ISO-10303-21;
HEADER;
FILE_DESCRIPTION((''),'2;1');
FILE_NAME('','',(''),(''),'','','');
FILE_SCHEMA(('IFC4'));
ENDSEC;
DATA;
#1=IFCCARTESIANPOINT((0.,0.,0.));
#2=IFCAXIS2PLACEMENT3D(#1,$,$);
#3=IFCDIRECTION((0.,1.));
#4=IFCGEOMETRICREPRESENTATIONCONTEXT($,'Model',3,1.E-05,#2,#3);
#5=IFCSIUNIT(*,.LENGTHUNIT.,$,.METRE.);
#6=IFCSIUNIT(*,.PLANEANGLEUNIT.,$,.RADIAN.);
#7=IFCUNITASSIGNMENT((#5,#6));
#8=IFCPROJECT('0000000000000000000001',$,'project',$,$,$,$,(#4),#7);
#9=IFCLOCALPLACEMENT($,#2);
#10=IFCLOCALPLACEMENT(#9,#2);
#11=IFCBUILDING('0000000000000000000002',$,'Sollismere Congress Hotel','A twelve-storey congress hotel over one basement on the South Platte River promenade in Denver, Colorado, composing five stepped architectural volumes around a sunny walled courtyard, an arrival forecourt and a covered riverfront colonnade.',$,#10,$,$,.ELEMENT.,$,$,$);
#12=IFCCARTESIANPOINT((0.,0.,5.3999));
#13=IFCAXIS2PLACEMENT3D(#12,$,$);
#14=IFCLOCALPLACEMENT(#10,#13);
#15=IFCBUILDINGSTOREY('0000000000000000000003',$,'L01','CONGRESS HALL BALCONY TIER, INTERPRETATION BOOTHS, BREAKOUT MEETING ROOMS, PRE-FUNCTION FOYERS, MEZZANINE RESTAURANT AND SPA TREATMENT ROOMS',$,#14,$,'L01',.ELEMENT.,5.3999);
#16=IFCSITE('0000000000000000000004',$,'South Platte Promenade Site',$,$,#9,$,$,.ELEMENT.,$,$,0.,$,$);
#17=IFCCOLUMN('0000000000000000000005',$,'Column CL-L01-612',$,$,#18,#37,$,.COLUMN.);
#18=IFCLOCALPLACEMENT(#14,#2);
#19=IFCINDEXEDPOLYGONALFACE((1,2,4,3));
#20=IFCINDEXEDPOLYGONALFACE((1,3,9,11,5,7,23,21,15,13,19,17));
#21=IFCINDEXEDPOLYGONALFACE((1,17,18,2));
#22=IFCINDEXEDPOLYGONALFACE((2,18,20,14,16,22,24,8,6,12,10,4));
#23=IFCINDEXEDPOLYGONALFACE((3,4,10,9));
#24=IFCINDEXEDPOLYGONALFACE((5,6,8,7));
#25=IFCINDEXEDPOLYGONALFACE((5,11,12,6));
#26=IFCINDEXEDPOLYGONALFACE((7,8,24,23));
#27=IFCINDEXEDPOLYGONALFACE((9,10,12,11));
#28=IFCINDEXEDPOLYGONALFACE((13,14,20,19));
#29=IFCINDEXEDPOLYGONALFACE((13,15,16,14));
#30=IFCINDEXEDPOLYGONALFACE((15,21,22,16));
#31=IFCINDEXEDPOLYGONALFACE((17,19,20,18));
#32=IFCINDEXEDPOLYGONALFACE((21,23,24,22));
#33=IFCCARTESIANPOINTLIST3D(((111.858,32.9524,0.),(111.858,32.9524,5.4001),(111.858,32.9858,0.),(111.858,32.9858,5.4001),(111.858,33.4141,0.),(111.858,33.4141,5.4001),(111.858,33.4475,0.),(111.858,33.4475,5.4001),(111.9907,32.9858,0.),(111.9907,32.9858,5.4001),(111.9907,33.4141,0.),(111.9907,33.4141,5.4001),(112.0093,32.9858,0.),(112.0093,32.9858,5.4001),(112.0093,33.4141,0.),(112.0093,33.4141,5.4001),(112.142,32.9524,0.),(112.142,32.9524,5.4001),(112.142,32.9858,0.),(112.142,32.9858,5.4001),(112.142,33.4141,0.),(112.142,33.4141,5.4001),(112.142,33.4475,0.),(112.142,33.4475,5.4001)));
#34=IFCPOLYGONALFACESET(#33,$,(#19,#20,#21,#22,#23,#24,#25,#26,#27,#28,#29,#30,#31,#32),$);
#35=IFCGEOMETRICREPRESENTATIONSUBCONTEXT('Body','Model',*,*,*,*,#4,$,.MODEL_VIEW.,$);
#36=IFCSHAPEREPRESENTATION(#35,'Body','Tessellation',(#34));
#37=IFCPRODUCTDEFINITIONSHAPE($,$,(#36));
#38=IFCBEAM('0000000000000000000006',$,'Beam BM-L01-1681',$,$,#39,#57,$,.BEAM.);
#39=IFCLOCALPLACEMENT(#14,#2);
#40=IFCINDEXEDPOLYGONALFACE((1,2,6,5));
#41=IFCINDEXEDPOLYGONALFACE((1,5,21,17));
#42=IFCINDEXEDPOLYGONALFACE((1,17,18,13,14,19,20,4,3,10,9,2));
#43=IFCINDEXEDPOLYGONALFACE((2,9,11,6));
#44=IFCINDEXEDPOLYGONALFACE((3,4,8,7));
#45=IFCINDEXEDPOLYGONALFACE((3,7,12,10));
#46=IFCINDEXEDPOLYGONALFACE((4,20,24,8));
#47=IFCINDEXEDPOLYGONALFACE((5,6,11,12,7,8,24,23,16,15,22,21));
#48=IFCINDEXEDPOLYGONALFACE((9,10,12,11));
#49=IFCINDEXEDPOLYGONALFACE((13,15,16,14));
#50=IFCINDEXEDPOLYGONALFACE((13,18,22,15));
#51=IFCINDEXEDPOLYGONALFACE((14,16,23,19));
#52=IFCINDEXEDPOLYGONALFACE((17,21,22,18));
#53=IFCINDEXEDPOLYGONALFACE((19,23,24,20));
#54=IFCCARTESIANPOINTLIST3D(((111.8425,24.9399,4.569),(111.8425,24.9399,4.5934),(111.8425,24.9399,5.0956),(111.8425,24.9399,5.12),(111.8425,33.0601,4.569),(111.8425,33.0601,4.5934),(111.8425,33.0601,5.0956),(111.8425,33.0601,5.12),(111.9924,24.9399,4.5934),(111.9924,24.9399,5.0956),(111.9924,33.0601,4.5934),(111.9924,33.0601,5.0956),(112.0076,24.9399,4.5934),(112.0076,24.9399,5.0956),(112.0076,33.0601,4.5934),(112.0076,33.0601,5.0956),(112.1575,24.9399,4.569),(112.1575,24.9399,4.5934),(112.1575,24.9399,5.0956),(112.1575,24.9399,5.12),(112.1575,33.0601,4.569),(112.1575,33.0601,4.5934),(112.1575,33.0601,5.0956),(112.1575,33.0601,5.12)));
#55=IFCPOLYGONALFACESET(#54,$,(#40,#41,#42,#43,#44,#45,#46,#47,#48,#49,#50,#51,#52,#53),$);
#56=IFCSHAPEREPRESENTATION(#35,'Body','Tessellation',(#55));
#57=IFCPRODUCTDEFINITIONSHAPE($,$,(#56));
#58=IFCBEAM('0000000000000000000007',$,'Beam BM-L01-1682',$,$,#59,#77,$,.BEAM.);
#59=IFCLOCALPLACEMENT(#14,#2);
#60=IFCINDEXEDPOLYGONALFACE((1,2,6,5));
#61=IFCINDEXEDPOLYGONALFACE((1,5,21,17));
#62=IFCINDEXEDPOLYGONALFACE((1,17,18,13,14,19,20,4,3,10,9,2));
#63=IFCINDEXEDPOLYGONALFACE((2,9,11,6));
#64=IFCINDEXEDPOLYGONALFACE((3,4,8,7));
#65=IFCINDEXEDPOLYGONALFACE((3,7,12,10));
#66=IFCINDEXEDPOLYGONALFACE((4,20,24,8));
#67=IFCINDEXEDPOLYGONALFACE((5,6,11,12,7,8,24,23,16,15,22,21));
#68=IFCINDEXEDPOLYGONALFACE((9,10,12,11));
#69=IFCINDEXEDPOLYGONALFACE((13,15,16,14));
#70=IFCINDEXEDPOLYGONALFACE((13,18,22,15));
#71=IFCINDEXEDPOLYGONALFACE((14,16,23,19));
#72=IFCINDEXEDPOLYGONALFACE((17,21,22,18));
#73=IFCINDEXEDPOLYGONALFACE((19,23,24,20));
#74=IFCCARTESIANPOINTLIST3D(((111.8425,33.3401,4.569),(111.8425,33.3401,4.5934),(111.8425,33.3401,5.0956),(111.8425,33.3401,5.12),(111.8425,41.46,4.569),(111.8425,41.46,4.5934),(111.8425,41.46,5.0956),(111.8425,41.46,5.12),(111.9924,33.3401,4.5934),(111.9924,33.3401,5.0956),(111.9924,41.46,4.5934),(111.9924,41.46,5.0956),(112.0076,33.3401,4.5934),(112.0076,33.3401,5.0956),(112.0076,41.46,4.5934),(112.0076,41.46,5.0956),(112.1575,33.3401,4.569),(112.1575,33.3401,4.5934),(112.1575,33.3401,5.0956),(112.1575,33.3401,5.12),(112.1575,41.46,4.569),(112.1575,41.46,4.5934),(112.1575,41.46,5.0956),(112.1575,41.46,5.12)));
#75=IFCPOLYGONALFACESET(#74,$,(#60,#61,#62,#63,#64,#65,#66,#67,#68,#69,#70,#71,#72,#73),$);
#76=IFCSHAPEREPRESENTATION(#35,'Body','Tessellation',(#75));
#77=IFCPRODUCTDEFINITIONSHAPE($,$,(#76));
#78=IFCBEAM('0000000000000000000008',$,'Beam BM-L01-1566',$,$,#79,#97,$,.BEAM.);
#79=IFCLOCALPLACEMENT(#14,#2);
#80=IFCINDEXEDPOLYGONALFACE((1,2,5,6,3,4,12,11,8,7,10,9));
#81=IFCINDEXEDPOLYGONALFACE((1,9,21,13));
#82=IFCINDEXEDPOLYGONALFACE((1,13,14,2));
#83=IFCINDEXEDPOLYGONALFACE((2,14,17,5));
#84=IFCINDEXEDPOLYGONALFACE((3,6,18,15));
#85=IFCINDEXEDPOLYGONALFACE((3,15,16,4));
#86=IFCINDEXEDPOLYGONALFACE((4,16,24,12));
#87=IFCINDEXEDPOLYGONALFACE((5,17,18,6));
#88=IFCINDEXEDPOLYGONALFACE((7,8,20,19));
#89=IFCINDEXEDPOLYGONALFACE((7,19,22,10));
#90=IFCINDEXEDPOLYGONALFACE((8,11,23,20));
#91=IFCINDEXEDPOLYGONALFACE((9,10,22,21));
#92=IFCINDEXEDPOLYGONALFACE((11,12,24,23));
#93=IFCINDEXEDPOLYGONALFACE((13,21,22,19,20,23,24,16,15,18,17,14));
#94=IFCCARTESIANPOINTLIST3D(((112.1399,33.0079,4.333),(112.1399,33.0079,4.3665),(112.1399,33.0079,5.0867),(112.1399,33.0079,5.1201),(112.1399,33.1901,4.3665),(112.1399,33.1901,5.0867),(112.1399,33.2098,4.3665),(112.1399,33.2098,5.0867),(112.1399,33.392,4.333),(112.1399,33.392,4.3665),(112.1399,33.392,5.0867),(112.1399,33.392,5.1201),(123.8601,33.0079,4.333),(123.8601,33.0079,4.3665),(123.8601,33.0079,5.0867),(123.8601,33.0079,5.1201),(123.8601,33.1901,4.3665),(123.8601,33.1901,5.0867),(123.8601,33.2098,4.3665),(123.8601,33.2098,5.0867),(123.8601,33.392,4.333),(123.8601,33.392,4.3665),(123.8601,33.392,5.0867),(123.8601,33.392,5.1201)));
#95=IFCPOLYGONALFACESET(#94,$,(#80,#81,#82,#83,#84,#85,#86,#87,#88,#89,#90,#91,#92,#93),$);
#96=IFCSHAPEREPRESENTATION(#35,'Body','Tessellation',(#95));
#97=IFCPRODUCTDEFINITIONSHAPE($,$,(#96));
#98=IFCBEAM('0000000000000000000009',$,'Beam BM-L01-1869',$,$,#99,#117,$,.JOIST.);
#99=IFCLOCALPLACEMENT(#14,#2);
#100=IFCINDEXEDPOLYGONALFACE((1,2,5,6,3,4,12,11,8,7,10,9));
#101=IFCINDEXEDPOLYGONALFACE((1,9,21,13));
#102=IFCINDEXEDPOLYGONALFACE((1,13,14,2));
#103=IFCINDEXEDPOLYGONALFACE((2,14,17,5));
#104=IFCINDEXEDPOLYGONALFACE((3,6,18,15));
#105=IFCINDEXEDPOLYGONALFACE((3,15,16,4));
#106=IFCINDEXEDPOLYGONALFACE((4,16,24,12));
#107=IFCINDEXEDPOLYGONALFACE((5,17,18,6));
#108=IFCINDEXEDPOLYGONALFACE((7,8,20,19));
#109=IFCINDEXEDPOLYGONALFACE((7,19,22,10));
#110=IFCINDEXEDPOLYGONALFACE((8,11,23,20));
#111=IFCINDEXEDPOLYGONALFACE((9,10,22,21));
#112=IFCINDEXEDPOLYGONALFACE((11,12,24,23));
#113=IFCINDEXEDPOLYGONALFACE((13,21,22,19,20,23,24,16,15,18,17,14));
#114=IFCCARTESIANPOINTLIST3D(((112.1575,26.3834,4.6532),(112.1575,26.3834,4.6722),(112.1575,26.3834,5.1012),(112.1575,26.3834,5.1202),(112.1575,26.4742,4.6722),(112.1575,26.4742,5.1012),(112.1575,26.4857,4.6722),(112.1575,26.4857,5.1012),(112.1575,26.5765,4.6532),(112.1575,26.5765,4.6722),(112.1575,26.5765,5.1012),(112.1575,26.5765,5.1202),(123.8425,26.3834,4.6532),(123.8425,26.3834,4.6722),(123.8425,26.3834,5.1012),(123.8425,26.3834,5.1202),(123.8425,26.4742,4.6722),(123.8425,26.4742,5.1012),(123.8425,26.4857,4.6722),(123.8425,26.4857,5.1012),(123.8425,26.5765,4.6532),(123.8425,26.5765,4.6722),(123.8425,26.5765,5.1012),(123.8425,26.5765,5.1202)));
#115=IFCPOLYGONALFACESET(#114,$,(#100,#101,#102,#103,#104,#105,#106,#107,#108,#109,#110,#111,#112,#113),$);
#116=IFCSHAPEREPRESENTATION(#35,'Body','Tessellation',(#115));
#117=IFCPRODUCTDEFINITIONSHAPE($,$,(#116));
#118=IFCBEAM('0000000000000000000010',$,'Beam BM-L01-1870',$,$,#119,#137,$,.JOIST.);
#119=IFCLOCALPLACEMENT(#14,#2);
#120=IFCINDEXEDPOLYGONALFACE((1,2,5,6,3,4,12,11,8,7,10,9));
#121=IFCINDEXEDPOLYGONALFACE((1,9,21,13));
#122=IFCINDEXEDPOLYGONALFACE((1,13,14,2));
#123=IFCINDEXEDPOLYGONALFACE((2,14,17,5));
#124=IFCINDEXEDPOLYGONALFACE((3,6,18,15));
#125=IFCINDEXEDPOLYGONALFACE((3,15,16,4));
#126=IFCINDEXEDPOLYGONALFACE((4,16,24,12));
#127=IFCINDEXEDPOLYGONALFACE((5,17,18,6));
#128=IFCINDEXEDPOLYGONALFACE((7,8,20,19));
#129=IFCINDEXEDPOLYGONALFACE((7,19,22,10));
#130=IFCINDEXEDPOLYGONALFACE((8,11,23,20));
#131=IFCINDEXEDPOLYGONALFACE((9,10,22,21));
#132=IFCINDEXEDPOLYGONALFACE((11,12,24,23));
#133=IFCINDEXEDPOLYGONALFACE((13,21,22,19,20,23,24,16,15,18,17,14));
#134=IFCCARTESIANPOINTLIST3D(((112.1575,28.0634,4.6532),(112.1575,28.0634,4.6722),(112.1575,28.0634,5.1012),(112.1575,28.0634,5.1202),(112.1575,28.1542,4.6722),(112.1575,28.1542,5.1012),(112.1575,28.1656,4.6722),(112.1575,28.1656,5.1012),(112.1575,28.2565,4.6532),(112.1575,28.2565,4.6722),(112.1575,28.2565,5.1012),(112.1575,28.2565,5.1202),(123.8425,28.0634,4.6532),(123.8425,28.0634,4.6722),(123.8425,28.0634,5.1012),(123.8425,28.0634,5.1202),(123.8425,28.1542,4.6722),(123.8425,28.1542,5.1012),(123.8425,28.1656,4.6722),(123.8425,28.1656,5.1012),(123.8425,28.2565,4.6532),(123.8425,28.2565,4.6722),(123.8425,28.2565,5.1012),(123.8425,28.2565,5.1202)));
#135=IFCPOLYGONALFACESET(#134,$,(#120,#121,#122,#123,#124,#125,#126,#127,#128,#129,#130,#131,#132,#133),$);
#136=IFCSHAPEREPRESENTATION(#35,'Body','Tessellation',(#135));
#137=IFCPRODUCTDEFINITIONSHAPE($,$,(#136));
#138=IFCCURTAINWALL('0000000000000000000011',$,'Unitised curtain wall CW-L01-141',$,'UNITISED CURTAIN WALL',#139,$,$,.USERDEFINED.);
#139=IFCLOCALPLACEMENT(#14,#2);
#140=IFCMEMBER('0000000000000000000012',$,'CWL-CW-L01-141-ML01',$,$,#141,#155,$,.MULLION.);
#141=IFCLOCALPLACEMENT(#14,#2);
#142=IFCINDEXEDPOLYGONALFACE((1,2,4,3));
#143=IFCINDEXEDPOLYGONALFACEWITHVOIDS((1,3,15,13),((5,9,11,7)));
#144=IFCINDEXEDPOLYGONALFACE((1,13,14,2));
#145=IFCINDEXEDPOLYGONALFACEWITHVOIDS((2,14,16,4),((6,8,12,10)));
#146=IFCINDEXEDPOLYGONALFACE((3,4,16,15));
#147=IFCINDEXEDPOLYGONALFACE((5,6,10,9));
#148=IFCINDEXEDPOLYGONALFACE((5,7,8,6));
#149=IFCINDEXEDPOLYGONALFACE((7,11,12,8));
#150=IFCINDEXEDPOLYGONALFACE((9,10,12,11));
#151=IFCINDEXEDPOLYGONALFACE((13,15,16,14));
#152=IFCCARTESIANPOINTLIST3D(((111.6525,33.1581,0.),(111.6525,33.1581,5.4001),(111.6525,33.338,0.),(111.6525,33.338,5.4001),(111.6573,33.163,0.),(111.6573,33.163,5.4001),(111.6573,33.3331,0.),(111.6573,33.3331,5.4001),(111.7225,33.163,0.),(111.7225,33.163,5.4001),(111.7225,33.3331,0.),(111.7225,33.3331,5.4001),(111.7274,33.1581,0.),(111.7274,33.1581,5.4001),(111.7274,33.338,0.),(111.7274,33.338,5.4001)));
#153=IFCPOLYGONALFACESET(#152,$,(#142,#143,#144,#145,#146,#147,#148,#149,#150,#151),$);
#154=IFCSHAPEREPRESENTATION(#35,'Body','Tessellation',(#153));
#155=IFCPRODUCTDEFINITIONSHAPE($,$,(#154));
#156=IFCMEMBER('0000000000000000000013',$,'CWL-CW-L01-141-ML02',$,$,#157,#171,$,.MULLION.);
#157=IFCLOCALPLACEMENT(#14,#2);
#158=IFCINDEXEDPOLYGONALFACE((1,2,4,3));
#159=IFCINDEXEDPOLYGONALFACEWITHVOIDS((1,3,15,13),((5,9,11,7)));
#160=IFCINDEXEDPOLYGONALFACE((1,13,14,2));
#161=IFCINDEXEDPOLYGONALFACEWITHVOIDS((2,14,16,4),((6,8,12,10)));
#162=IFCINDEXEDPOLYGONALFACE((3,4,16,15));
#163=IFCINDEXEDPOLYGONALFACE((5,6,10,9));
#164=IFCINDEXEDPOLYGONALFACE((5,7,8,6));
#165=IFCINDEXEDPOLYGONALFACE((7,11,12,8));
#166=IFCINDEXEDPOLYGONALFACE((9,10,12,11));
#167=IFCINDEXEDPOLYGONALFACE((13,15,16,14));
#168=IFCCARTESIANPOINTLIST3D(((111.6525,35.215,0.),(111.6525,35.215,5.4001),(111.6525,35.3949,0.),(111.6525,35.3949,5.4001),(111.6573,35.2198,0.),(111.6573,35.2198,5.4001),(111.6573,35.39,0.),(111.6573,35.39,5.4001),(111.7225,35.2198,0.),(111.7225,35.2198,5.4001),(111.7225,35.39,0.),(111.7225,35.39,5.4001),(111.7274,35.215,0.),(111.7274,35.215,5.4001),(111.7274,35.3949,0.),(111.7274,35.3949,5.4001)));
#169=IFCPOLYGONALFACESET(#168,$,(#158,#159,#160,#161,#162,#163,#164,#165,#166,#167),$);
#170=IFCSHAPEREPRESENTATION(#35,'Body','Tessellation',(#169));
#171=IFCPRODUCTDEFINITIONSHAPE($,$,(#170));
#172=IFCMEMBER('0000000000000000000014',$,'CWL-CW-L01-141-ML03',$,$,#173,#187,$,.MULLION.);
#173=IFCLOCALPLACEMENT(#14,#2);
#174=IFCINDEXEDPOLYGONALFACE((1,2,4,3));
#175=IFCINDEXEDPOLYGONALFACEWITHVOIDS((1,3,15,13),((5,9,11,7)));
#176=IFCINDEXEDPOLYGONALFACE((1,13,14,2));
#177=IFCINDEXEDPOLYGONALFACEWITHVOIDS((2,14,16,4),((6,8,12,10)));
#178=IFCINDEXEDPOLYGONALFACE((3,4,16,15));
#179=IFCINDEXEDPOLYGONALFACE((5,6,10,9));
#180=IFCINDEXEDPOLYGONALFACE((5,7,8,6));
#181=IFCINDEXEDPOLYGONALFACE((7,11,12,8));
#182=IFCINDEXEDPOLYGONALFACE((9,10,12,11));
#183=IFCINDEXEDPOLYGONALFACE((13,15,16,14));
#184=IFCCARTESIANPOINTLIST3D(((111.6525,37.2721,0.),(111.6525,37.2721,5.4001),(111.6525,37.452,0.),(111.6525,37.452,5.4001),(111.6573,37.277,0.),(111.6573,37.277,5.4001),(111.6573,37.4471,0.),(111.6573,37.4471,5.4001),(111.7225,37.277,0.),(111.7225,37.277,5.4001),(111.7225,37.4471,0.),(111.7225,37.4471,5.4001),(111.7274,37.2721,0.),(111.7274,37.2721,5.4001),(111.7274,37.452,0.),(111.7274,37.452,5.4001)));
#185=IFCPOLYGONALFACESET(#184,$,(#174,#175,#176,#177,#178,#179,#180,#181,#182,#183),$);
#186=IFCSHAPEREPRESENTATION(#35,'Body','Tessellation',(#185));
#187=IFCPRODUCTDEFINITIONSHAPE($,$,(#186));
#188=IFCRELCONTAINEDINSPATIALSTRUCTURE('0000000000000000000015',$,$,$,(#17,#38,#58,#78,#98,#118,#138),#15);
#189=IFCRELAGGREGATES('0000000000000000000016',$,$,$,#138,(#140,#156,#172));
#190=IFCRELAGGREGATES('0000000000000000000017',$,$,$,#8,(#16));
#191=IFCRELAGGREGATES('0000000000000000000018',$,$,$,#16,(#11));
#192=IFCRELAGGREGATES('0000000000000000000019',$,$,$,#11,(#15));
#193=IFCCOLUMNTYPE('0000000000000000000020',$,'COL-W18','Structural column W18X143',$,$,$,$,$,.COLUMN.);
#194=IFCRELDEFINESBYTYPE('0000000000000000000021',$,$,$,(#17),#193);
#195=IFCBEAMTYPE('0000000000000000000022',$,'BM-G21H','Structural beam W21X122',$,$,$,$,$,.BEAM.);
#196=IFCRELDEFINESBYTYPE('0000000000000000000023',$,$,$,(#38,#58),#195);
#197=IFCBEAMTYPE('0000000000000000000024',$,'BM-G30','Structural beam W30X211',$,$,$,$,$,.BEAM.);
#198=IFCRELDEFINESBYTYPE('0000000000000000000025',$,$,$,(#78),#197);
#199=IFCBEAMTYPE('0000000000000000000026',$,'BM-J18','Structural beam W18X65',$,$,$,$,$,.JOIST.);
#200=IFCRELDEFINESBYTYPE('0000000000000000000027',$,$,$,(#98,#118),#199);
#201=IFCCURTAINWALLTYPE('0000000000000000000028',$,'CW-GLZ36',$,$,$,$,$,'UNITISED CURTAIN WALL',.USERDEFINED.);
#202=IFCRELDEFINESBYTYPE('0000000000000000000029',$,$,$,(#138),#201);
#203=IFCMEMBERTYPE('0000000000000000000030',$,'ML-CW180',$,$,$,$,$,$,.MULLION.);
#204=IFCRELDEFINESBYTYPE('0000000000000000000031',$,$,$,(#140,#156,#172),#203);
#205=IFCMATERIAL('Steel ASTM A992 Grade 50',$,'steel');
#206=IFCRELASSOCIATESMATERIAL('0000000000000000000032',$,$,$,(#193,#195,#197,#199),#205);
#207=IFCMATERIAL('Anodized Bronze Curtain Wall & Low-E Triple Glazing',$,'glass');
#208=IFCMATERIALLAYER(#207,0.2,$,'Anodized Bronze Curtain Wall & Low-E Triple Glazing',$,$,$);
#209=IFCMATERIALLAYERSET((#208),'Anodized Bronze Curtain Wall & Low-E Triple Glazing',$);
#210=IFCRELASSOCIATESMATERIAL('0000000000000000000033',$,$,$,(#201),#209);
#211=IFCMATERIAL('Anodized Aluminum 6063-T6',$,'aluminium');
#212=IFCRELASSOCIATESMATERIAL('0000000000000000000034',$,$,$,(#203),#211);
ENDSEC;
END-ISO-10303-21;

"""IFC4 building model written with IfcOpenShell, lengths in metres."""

from ifc_helpers import new_model, si_unit, direction, frame, origin, origin_2d, place, context, subcontext, project, spatial, hollow_rectangle, i_section, extrude, material, layer, layer_set, material_profile, profile_set, type_object, element, aggregate, save


model = new_model("IFC4")

# Units and contexts
model_context = context("Model", 3, precision=1e-05, world=origin(), true_north=direction((0.0, 1.0)))
body_context = subcontext(model_context, "Body", "Model", "MODEL_VIEW")
ifc_project = project(units=[si_unit("LENGTHUNIT", "METRE"), si_unit("PLANEANGLEUNIT", "RADIAN")], contexts=[model_context])

# Site, building, storey
site_placement = place(None, origin())
site = spatial("IfcSite", under=ifc_project, at=site_placement, Name="South Platte Promenade Site", CompositionType="ELEMENT", RefElevation=0.0)
building_placement = place(site_placement, origin())
building = spatial("IfcBuilding", under=site, at=building_placement, Name="Sollismere Congress Hotel", Description="A twelve-storey congress hotel over one basement on the South Platte River promenade in Denver, Colorado, composing five stepped architectural volumes around a sunny walled courtyard, an arrival forecourt and a covered riverfront colonnade.", CompositionType="ELEMENT")
storey_placement = place(building_placement, frame((0.0, 0.0, 5.3999)))
storey = spatial("IfcBuildingStorey", under=building, at=storey_placement, Name="L01", Description="CONGRESS HALL BALCONY TIER, INTERPRETATION BOOTHS, BREAKOUT MEETING ROOMS, PRE-FUNCTION FOYERS, MEZZANINE RESTAURANT AND SPA TREATMENT ROOMS", LongName="L01", CompositionType="ELEMENT", Elevation=5.3999)

# Column
ifc_material_1 = material(Name="Steel ASTM A992 Grade 50", Category="steel")
ifc_material_profile_1 = material_profile(ifc_material_1, i_section(OverallWidth=0.2839, OverallDepth=0.4951, WebThickness=0.0186, FlangeThickness=0.0334, at=origin_2d()), Name="W18X143")
ifc_profile_set_1 = profile_set([ifc_material_profile_1], Name="Steel ASTM A992 Grade 50")
column_type = type_object("IfcColumnType", Name="COL-W18", Description="Structural column W18X143", PredefinedType="COLUMN", material=ifc_profile_set_1)
column_placement = place(storey_placement, frame((112.0, 33.2, 0.0), z_axis=(0.0, 0.0, 1.0), x_axis=(1.0, 0.0, 0.0)))
element("IfcColumn", 1, at=column_placement, inside=storey, type_object=column_type, Name="Column CL-L01-612", PredefinedType="COLUMN", context=body_context, shape_type="SweptSolid", body=[
    extrude(i_section(OverallWidth=0.2839, OverallDepth=0.4951, WebThickness=0.0186, FlangeThickness=0.0334, at=origin_2d()), origin(), (0.0, 0.0, 1.0), 5.4001),
])

# Beams
ifc_material_profile_2 = material_profile(ifc_material_1, i_section(OverallWidth=0.3149, OverallDepth=0.551, WebThickness=0.0151, FlangeThickness=0.0244, at=origin_2d()), Name="W21X122")
ifc_profile_set_2 = profile_set([ifc_material_profile_2], Name="Steel ASTM A992 Grade 50")
beam_type_1 = type_object("IfcBeamType", Name="BM-G21H", Description="Structural beam W21X122", PredefinedType="BEAM", material=ifc_profile_set_2)
beam_1_placement = place(storey_placement, frame((112.0, 24.9399, 4.8445), z_axis=(0.0, 1.0, 0.0), x_axis=(-1.0, 0.0, 0.0)))
element("IfcBeam", 2, at=beam_1_placement, inside=storey, type_object=beam_type_1, Name="Beam BM-L01-1681", PredefinedType="BEAM", context=body_context, shape_type="SweptSolid", body=[
    extrude(i_section(OverallWidth=0.3149, OverallDepth=0.551, WebThickness=0.0151, FlangeThickness=0.0244, at=origin_2d()), origin(), (0.0, 0.0, 1.0), 8.1201),
])
beam_2_placement = place(storey_placement, frame((112.0, 33.3401, 4.8445), z_axis=(0.0, 1.0, 0.0), x_axis=(-1.0, 0.0, 0.0)))
element("IfcBeam", 3, at=beam_2_placement, inside=storey, type_object=beam_type_1, Name="Beam BM-L01-1682", PredefinedType="BEAM", context=body_context, shape_type="SweptSolid", body=[
    extrude(i_section(OverallWidth=0.3149, OverallDepth=0.551, WebThickness=0.0151, FlangeThickness=0.0244, at=origin_2d()), origin(), (0.0, 0.0, 1.0), 8.1199),
])
ifc_material_profile_3 = material_profile(ifc_material_1, i_section(OverallWidth=0.384, OverallDepth=0.7871, WebThickness=0.0198, FlangeThickness=0.0334, at=origin_2d()), Name="W30X211")
ifc_profile_set_3 = profile_set([ifc_material_profile_3], Name="Steel ASTM A992 Grade 50")
beam_type_2 = type_object("IfcBeamType", Name="BM-G30", Description="Structural beam W30X211", PredefinedType="BEAM", material=ifc_profile_set_3)
beam_3_placement = place(storey_placement, frame((112.1399, 33.2, 4.7266), z_axis=(1.0, 0.0, 0.0), x_axis=(0.0, 1.0, 0.0)))
element("IfcBeam", 4, at=beam_3_placement, inside=storey, type_object=beam_type_2, Name="Beam BM-L01-1566", PredefinedType="BEAM", context=body_context, shape_type="SweptSolid", body=[
    extrude(i_section(OverallWidth=0.384, OverallDepth=0.7871, WebThickness=0.0198, FlangeThickness=0.0334, at=origin_2d()), origin(), (0.0, 0.0, 1.0), 11.7202),
])
ifc_material_profile_4 = material_profile(ifc_material_1, i_section(OverallWidth=0.1931, OverallDepth=0.467, WebThickness=0.0115, FlangeThickness=0.019, at=origin_2d()), Name="W18X65")
ifc_profile_set_4 = profile_set([ifc_material_profile_4], Name="Steel ASTM A992 Grade 50")
beam_type_3 = type_object("IfcBeamType", Name="BM-J18", Description="Structural beam W18X65", PredefinedType="JOIST", material=ifc_profile_set_4)
for number, where, z_axis, x_axis, name in (
    (5, (112.1575, 26.48, 4.8867), (1.0, 0.0, 0.0), (0.0, 1.0, 0.0), "Beam BM-L01-1869"),
    (6, (112.1575, 28.1599, 4.8867), (1.0, 0.0, 0.0), (0.0, 1.0, 0.0), "Beam BM-L01-1870"),
):
    element("IfcBeam", number, at=place(storey_placement, frame(where, z_axis=z_axis, x_axis=x_axis)), inside=storey, type_object=beam_type_3, Name=name, PredefinedType="JOIST", context=body_context, shape_type="SweptSolid", body=[
        extrude(i_section(OverallWidth=0.1931, OverallDepth=0.467, WebThickness=0.0115, FlangeThickness=0.019, at=origin_2d()), origin(), (0.0, 0.0, 1.0), 11.6851),
    ])

# Curtain wall, members
ifc_material_2 = material(Name="Anodized Bronze Curtain Wall & Low-E Triple Glazing", Category="glass")
ifc_layer_1 = layer(ifc_material_2, 0.2, Name="Anodized Bronze Curtain Wall & Low-E Triple Glazing")
ifc_layer_set_1 = layer_set([ifc_layer_1], Name="Anodized Bronze Curtain Wall & Low-E Triple Glazing")
curtain_wall_type = type_object("IfcCurtainWallType", Name="CW-GLZ36", ElementType="UNITISED CURTAIN WALL", PredefinedType="USERDEFINED", material=ifc_layer_set_1)
curtain_wall_1_placement = place(storey_placement, origin())
curtain_wall_1 = element("IfcCurtainWall", 7, at=curtain_wall_1_placement, inside=storey, type_object=curtain_wall_type, Name="Unitised curtain wall CW-L01-141", ObjectType="UNITISED CURTAIN WALL", PredefinedType="USERDEFINED")
ifc_material_3 = material(Name="Anodized Aluminum 6063-T6", Category="aluminium")
ifc_material_profile_5 = material_profile(ifc_material_3, hollow_rectangle(XDim=0.075, YDim=0.1799, WallThickness=0.0049, at=origin_2d()), Name="ALU180X75X5")
ifc_profile_set_5 = profile_set([ifc_material_profile_5], Name="Anodized Aluminum 6063-T6")
member_type_1 = type_object("IfcMemberType", Name="ML-CW180", PredefinedType="MULLION", material=ifc_profile_set_5)
member_1_placement = place(storey_placement, frame((111.6899, 33.248, 0.0), z_axis=(0.0, 0.0, 1.0), x_axis=(-1.0, 0.0, 0.0)))
member_1 = element("IfcMember", 8, at=member_1_placement, type_object=member_type_1, Name="CWL-CW-L01-141-ML01", PredefinedType="MULLION", context=body_context, shape_type="SweptSolid", body=[
    extrude(hollow_rectangle(XDim=0.075, YDim=0.1799, WallThickness=0.0049, at=origin_2d()), origin(), (0.0, 0.0, 1.0), 5.4001),
])
member_2_placement = place(storey_placement, frame((111.6899, 35.3049, 0.0), z_axis=(0.0, 0.0, 1.0), x_axis=(-1.0, 0.0, 0.0)))
member_2 = element("IfcMember", 9, at=member_2_placement, type_object=member_type_1, Name="CWL-CW-L01-141-ML02", PredefinedType="MULLION", context=body_context, shape_type="SweptSolid", body=[
    extrude(hollow_rectangle(XDim=0.075, YDim=0.1799, WallThickness=0.0049, at=origin_2d()), origin(), (0.0, 0.0, 1.0), 5.4001),
])
member_3_placement = place(storey_placement, frame((111.6899, 37.3621, 0.0), z_axis=(0.0, 0.0, 1.0), x_axis=(-1.0, 0.0, 0.0)))
member_3 = element("IfcMember", 10, at=member_3_placement, type_object=member_type_1, Name="CWL-CW-L01-141-ML03", PredefinedType="MULLION", context=body_context, shape_type="SweptSolid", body=[
    extrude(hollow_rectangle(XDim=0.075, YDim=0.1799, WallThickness=0.0049, at=origin_2d()), origin(), (0.0, 0.0, 1.0), 5.4001),
])

aggregate(curtain_wall_1, [member_1, member_2, member_3])

save(model, "model.ifc")
